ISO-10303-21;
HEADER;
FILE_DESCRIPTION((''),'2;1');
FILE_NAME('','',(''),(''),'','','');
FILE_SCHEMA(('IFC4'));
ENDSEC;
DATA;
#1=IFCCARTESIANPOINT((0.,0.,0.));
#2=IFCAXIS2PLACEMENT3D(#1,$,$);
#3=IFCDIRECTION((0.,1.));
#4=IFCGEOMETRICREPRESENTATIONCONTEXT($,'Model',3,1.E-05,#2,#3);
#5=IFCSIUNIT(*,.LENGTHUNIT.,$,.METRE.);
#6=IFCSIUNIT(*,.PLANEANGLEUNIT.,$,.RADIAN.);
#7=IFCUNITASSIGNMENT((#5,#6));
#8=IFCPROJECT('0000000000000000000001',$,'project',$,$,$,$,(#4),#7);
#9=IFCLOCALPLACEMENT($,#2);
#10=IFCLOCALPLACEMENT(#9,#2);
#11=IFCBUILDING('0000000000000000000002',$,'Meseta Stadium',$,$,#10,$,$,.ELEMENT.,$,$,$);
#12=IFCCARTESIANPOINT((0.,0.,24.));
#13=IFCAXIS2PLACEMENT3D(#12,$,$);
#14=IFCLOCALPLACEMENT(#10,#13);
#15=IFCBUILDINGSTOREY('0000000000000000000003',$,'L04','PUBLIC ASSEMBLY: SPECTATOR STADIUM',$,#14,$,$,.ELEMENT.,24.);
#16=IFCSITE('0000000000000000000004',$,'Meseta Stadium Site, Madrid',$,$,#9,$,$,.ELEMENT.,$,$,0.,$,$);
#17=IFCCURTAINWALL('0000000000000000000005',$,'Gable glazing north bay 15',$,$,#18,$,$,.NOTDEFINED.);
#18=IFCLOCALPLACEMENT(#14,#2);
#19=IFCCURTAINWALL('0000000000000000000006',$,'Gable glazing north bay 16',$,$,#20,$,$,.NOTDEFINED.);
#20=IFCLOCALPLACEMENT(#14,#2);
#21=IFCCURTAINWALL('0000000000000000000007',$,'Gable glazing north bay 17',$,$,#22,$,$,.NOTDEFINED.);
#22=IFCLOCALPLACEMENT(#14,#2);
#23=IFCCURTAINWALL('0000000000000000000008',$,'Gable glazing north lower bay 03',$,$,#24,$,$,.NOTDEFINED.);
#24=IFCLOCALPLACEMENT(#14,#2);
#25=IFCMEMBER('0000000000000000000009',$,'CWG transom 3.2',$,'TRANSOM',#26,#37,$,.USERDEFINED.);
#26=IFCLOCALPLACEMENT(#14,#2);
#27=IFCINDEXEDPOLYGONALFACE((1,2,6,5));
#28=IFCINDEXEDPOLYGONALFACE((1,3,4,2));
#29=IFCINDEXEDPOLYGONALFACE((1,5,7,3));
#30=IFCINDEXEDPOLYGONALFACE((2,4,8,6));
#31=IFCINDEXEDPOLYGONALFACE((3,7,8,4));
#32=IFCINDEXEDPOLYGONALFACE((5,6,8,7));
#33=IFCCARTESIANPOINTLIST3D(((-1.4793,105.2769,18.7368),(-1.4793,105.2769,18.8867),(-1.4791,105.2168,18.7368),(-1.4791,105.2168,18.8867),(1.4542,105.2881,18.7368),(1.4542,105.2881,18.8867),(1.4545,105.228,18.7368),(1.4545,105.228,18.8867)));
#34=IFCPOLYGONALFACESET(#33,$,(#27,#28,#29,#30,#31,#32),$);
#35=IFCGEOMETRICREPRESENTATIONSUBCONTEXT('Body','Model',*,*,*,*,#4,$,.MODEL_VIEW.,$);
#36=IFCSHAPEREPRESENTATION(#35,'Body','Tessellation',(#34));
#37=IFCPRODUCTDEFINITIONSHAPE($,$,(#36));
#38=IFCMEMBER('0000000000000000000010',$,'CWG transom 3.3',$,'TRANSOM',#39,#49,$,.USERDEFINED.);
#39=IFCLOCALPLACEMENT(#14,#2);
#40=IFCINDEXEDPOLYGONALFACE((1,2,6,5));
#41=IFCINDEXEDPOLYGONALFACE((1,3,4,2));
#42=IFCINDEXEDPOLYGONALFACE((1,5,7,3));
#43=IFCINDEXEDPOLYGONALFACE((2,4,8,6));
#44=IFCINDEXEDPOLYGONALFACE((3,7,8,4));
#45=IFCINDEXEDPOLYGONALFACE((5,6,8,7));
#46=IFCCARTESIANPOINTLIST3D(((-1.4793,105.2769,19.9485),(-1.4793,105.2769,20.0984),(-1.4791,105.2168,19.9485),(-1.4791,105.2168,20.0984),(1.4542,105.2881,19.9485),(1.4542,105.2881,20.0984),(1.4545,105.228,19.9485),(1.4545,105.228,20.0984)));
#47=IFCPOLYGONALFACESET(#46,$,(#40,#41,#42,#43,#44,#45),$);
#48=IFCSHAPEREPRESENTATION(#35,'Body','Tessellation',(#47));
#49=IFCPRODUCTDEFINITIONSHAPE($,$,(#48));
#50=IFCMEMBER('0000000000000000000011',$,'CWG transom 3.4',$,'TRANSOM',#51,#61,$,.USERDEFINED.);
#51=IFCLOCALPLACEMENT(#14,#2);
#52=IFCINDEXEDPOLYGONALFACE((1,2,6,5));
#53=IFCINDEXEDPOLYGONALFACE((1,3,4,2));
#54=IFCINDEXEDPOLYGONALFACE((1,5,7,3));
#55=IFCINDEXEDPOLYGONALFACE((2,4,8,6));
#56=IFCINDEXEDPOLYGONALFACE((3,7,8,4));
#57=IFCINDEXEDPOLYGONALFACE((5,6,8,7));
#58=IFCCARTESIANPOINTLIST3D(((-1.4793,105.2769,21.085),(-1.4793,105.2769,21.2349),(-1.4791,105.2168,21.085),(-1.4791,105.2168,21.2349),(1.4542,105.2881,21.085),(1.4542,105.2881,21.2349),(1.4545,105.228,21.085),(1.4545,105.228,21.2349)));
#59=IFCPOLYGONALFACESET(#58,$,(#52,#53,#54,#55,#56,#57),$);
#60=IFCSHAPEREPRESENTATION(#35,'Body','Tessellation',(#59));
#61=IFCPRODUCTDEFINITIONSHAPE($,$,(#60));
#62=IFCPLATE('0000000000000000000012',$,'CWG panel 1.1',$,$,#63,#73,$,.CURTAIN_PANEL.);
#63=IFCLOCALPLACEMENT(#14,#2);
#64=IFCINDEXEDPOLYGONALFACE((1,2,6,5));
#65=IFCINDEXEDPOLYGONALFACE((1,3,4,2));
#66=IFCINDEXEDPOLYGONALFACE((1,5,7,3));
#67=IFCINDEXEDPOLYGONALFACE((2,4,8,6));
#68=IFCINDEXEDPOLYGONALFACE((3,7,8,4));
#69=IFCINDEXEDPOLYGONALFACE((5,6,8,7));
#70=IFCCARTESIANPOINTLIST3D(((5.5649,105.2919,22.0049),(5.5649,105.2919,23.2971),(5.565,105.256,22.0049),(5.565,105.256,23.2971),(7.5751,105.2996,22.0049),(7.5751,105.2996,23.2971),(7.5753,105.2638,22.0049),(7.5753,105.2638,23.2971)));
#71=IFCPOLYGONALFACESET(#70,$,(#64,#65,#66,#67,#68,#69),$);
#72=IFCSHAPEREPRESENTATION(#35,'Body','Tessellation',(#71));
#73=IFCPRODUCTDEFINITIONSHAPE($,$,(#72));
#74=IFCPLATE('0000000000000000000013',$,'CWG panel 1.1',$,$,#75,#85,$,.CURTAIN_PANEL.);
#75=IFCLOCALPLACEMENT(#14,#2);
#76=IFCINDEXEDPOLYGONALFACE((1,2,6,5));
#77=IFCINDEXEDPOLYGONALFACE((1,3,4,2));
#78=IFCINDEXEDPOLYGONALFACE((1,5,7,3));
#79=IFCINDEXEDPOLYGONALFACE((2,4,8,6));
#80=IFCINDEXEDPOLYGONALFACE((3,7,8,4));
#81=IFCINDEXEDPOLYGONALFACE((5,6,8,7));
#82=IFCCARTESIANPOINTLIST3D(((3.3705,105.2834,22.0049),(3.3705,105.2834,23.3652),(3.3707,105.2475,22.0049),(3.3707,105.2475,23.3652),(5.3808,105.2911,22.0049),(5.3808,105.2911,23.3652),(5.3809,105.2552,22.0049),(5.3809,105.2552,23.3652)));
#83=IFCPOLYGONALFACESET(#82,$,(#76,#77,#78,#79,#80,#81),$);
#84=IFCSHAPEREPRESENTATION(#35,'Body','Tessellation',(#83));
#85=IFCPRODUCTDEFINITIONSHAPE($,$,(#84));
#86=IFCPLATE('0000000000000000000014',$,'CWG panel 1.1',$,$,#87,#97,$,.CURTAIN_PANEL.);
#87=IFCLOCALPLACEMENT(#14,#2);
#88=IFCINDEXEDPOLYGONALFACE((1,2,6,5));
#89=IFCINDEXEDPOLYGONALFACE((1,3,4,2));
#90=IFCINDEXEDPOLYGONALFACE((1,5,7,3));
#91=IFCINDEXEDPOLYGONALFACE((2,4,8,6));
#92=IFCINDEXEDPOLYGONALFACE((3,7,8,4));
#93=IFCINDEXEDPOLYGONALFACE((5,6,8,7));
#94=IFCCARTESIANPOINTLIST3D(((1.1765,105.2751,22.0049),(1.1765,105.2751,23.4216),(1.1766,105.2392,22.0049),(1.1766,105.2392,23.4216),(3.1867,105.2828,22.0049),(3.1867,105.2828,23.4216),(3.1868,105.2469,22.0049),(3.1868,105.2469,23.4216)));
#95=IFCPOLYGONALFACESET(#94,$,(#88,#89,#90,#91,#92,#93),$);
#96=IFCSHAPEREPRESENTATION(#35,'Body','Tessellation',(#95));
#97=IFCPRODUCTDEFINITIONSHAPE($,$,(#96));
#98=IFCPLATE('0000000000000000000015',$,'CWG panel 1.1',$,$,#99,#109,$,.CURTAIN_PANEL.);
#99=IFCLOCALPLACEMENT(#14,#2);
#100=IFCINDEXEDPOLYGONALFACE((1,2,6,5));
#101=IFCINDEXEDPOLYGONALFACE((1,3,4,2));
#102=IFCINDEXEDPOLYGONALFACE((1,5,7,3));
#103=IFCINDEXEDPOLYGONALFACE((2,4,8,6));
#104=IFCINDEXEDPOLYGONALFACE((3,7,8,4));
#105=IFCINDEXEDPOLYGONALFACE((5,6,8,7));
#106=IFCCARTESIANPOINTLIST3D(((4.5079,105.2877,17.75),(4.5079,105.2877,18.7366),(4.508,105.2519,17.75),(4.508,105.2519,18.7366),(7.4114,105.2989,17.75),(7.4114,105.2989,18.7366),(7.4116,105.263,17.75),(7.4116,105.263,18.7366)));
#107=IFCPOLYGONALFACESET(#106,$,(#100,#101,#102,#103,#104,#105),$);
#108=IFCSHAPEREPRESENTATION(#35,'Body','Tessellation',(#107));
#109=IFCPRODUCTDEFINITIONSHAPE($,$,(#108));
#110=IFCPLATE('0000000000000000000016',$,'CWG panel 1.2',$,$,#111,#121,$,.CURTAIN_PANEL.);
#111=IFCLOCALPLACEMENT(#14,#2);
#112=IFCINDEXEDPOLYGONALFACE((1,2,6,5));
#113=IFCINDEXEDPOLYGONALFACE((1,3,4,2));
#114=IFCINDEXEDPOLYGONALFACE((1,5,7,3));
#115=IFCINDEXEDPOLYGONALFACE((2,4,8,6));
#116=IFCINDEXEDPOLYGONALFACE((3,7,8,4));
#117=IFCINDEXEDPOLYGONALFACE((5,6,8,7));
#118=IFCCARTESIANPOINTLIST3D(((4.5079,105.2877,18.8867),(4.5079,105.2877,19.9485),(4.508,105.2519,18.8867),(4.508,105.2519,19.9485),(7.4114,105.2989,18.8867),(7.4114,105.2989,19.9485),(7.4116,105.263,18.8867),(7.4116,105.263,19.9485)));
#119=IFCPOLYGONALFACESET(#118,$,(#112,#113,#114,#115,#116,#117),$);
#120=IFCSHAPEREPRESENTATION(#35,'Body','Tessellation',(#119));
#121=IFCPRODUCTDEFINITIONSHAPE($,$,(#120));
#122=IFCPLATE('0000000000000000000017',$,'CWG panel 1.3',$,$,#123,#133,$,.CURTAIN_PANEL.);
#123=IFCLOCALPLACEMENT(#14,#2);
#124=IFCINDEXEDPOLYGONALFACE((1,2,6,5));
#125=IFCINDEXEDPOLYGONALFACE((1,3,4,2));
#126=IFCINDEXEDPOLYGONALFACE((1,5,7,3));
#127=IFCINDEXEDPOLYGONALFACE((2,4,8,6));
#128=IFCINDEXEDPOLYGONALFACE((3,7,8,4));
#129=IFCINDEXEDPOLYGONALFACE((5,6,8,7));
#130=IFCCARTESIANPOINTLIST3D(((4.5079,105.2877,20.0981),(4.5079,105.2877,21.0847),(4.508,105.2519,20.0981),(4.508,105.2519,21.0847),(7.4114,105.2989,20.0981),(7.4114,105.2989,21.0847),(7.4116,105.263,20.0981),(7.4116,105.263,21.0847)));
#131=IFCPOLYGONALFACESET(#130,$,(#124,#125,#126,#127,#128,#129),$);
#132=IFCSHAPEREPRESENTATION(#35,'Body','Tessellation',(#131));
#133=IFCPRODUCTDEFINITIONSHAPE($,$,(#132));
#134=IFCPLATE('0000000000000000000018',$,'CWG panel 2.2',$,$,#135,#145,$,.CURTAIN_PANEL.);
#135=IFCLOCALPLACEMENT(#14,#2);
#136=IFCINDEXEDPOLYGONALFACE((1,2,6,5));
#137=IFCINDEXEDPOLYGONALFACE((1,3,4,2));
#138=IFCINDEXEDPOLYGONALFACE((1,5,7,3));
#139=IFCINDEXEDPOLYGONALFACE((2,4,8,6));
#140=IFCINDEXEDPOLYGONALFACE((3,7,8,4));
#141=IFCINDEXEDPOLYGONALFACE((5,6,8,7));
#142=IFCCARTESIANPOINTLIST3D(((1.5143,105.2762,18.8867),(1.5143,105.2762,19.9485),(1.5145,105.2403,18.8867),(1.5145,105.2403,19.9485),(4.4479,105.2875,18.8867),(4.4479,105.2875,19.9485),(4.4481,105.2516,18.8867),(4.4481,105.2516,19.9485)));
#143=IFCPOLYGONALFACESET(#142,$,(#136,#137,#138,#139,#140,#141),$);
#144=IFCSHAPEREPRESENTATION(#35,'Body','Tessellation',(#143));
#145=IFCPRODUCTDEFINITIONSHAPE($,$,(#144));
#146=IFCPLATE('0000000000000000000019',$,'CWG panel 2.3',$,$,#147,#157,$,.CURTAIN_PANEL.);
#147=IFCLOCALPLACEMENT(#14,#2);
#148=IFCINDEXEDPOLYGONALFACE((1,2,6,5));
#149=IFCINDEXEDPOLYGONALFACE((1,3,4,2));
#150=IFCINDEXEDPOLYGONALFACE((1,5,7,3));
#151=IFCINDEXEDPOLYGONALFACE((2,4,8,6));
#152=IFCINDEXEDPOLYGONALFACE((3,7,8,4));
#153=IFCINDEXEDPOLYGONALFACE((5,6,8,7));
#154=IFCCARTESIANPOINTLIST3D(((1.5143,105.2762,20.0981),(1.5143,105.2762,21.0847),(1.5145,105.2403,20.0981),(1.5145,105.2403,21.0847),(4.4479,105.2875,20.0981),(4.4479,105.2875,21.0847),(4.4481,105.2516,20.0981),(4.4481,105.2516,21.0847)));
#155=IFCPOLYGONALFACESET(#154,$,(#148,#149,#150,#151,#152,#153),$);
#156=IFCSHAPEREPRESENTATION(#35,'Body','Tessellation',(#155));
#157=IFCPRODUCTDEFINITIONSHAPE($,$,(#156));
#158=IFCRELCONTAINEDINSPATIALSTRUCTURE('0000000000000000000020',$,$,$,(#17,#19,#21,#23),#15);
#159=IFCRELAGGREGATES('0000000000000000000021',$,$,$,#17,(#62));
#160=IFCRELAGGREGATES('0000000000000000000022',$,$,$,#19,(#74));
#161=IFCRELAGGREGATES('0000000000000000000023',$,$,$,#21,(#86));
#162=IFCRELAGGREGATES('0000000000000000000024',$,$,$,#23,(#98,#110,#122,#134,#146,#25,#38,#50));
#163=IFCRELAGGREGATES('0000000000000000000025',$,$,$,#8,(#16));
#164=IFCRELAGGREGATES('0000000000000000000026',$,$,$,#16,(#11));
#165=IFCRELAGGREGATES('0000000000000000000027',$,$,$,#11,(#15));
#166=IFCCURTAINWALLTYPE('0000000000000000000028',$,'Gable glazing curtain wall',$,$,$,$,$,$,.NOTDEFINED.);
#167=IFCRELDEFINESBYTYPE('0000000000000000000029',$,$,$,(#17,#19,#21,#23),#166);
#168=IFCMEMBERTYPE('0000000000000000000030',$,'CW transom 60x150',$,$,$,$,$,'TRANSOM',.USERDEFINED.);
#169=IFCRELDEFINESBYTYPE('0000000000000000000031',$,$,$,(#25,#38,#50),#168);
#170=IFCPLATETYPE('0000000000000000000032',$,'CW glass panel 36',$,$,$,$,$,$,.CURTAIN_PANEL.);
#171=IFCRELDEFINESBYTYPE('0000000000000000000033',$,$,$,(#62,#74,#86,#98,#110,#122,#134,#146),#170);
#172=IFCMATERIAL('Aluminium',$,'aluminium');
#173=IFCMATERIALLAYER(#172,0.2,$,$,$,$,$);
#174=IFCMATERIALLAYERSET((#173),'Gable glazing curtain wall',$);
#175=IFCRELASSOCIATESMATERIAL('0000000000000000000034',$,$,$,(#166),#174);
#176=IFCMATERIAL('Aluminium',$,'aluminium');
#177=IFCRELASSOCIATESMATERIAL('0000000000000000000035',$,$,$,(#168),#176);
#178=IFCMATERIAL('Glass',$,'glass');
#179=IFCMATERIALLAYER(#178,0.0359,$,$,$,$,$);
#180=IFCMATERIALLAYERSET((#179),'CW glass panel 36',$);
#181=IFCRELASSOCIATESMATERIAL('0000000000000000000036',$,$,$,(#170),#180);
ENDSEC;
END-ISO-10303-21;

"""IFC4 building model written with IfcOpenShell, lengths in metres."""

from ifc_helpers import new_model, si_unit, direction, frame, origin, origin_2d, place, context, subcontext, project, spatial, rectangle, extrude, material, layer, layer_set, material_profile, profile_set, type_object, element, aggregate, save


model = new_model("IFC4")

# Units and contexts
model_context = context("Model", 3, precision=1e-05, world=origin(), true_north=direction((0.0, 1.0)))
body_context = subcontext(model_context, "Body", "Model", "MODEL_VIEW")
ifc_project = project(units=[si_unit("LENGTHUNIT", "METRE"), si_unit("PLANEANGLEUNIT", "RADIAN")], contexts=[model_context])

# Site, building, storey
site_placement = place(None, origin())
site = spatial("IfcSite", under=ifc_project, at=site_placement, Name="Meseta Stadium Site, Madrid", CompositionType="ELEMENT", RefElevation=0.0)
building_placement = place(site_placement, origin())
building = spatial("IfcBuilding", under=site, at=building_placement, Name="Meseta Stadium", CompositionType="ELEMENT")
storey_placement = place(building_placement, frame((0.0, 0.0, 24.0)))
storey = spatial("IfcBuildingStorey", under=building, at=storey_placement, Name="L04", Description="PUBLIC ASSEMBLY: SPECTATOR STADIUM", CompositionType="ELEMENT", Elevation=24.0)

# Curtain wall
ifc_material_1 = material(Name="Aluminium", Category="aluminium")
ifc_layer_1 = layer(ifc_material_1, 0.2)
ifc_layer_set_1 = layer_set([ifc_layer_1], Name="Gable glazing curtain wall")
curtain_wall_type = type_object("IfcCurtainWallType", Name="Gable glazing curtain wall", PredefinedType="NOTDEFINED", material=ifc_layer_set_1)
curtain_wall_1_placement = place(storey_placement, origin())
curtain_wall_1 = element("IfcCurtainWall", 1, at=curtain_wall_1_placement, inside=storey, type_object=curtain_wall_type, Name="Gable glazing north bay 15", PredefinedType="NOTDEFINED")

# Curtain wall
curtain_wall_2_placement = place(storey_placement, origin())
curtain_wall_2 = element("IfcCurtainWall", 2, at=curtain_wall_2_placement, inside=storey, type_object=curtain_wall_type, Name="Gable glazing north bay 16", PredefinedType="NOTDEFINED")

# Curtain wall
curtain_wall_3_placement = place(storey_placement, origin())
curtain_wall_3 = element("IfcCurtainWall", 3, at=curtain_wall_3_placement, inside=storey, type_object=curtain_wall_type, Name="Gable glazing north bay 17", PredefinedType="NOTDEFINED")

# Shared definitions
ifc_material_2 = material(Name="Aluminium", Category="aluminium")
ifc_material_profile_1 = material_profile(ifc_material_2, rectangle(XDim=0.0601, YDim=0.1499, at=origin_2d()), Name="CW 60x150")
ifc_profile_set_1 = profile_set([ifc_material_profile_1], Name="Aluminium")
member_type_1 = type_object("IfcMemberType", Name="CW transom 60x150", ElementType="TRANSOM", PredefinedType="USERDEFINED", material=ifc_profile_set_1)

# Curtain wall, members
curtain_wall_4_placement = place(storey_placement, origin())
curtain_wall_4 = element("IfcCurtainWall", 4, at=curtain_wall_4_placement, inside=storey, type_object=curtain_wall_type, Name="Gable glazing north lower bay 03", PredefinedType="NOTDEFINED")
member_1_placement = place(storey_placement, frame((1.4543, 105.2581, 18.8118), z_axis=(-0.999993, -0.003828, 0.0), x_axis=(0.003828, -0.999993, 0.0)))
member_1 = element("IfcMember", 5, at=member_1_placement, type_object=member_type_1, Name="CWG transom 3.2", ObjectType="TRANSOM", PredefinedType="USERDEFINED", context=body_context, shape_type="SweptSolid", body=[
    extrude(rectangle(XDim=0.0601, YDim=0.1499, at=origin_2d()), origin(), (0.0, 0.0, 1.0), 2.9336),
])
member_2_placement = place(storey_placement, frame((1.4543, 105.2581, 20.0234), z_axis=(-0.999993, -0.003828, 0.0), x_axis=(0.003828, -0.999993, 0.0)))
member_2 = element("IfcMember", 6, at=member_2_placement, type_object=member_type_1, Name="CWG transom 3.3", ObjectType="TRANSOM", PredefinedType="USERDEFINED", context=body_context, shape_type="SweptSolid", body=[
    extrude(rectangle(XDim=0.0601, YDim=0.1499, at=origin_2d()), origin(), (0.0, 0.0, 1.0), 2.9336),
])
member_3_placement = place(storey_placement, frame((1.4543, 105.2581, 21.1599), z_axis=(-0.999993, -0.003828, 0.0), x_axis=(0.003828, -0.999993, 0.0)))
member_3 = element("IfcMember", 7, at=member_3_placement, type_object=member_type_1, Name="CWG transom 3.4", ObjectType="TRANSOM", PredefinedType="USERDEFINED", context=body_context, shape_type="SweptSolid", body=[
    extrude(rectangle(XDim=0.0601, YDim=0.1499, at=origin_2d()), origin(), (0.0, 0.0, 1.0), 2.9336),
])

# Plates
ifc_material_3 = material(Name="Glass", Category="glass")
ifc_layer_2 = layer(ifc_material_3, 0.0359)
ifc_layer_set_2 = layer_set([ifc_layer_2], Name="CW glass panel 36")
plate_type = type_object("IfcPlateType", Name="CW glass panel 36", PredefinedType="CURTAIN_PANEL", material=ifc_layer_set_2)
plate_1_placement = place(storey_placement, frame((6.5701, 105.2778, 22.0049), z_axis=(0.0, 0.0, 1.0), x_axis=(-0.999993, -0.003848, 0.0)))
plate_1 = element("IfcPlate", 8, at=plate_1_placement, type_object=plate_type, Name="CWG panel 1.1", PredefinedType="CURTAIN_PANEL", context=body_context, shape_type="SweptSolid", body=[
    extrude(rectangle(XDim=2.0103, YDim=0.0359, at=origin_2d()), origin(), (0.0, 0.0, 1.0), 1.2922),
])
aggregate(curtain_wall_1, [plate_1])
plate_2_placement = place(storey_placement, frame((4.3757, 105.2693, 22.0049), z_axis=(0.0, 0.0, 1.0), x_axis=(-0.999993, -0.003848, 0.0)))
plate_2 = element("IfcPlate", 9, at=plate_2_placement, type_object=plate_type, Name="CWG panel 1.1", PredefinedType="CURTAIN_PANEL", context=body_context, shape_type="SweptSolid", body=[
    extrude(rectangle(XDim=2.0103, YDim=0.0359, at=origin_2d()), origin(), (0.0, 0.0, 1.0), 1.3604),
])
aggregate(curtain_wall_2, [plate_2])
plate_3_placement = place(storey_placement, frame((2.1816, 105.261, 22.0049), z_axis=(0.0, 0.0, 1.0), x_axis=(-0.999993, -0.003848, 0.0)))
plate_3 = element("IfcPlate", 10, at=plate_3_placement, type_object=plate_type, Name="CWG panel 1.1", PredefinedType="CURTAIN_PANEL", context=body_context, shape_type="SweptSolid", body=[
    extrude(rectangle(XDim=2.0103, YDim=0.0359, at=origin_2d()), origin(), (0.0, 0.0, 1.0), 1.4167),
])
aggregate(curtain_wall_3, [plate_3])
plate_4_placement = place(storey_placement, frame((5.9597, 105.2754, 17.75), z_axis=(0.0, 0.0, 1.0), x_axis=(-0.999993, -0.003848, 0.0)))
plate_4 = element("IfcPlate", 11, at=plate_4_placement, type_object=plate_type, Name="CWG panel 1.1", PredefinedType="CURTAIN_PANEL", context=body_context, shape_type="SweptSolid", body=[
    extrude(rectangle(XDim=2.9036, YDim=0.0359, at=origin_2d()), origin(), (0.0, 0.0, 1.0), 0.9866),
])
plate_5_placement = place(storey_placement, frame((5.9597, 105.2754, 18.8867), z_axis=(0.0, 0.0, 1.0), x_axis=(-0.999993, -0.003848, 0.0)))
plate_5 = element("IfcPlate", 12, at=plate_5_placement, type_object=plate_type, Name="CWG panel 1.2", PredefinedType="CURTAIN_PANEL", context=body_context, shape_type="SweptSolid", body=[
    extrude(rectangle(XDim=2.9036, YDim=0.0359, at=origin_2d()), origin(), (0.0, 0.0, 1.0), 1.0618),
])
plate_6_placement = place(storey_placement, frame((5.9597, 105.2754, 20.0981), z_axis=(0.0, 0.0, 1.0), x_axis=(-0.999993, -0.003848, 0.0)))
plate_6 = element("IfcPlate", 13, at=plate_6_placement, type_object=plate_type, Name="CWG panel 1.3", PredefinedType="CURTAIN_PANEL", context=body_context, shape_type="SweptSolid", body=[
    extrude(rectangle(XDim=2.9036, YDim=0.0359, at=origin_2d()), origin(), (0.0, 0.0, 1.0), 0.9866),
])
plate_7_placement = place(storey_placement, frame((2.9812, 105.2639, 18.8867), z_axis=(0.0, 0.0, 1.0), x_axis=(-0.999993, -0.003848, 0.0)))
plate_7 = element("IfcPlate", 14, at=plate_7_placement, type_object=plate_type, Name="CWG panel 2.2", PredefinedType="CURTAIN_PANEL", context=body_context, shape_type="SweptSolid", body=[
    extrude(rectangle(XDim=2.9336, YDim=0.0359, at=origin_2d()), origin(), (0.0, 0.0, 1.0), 1.0618),
])
plate_8_placement = place(storey_placement, frame((2.9812, 105.2639, 20.0981), z_axis=(0.0, 0.0, 1.0), x_axis=(-0.999993, -0.003848, 0.0)))
plate_8 = element("IfcPlate", 15, at=plate_8_placement, type_object=plate_type, Name="CWG panel 2.3", PredefinedType="CURTAIN_PANEL", context=body_context, shape_type="SweptSolid", body=[
    extrude(rectangle(XDim=2.9336, YDim=0.0359, at=origin_2d()), origin(), (0.0, 0.0, 1.0), 0.9866),
])
aggregate(curtain_wall_4, [plate_4, plate_5, plate_6, plate_7, plate_8, member_1, member_2, member_3])

save(model, "model.ifc")
